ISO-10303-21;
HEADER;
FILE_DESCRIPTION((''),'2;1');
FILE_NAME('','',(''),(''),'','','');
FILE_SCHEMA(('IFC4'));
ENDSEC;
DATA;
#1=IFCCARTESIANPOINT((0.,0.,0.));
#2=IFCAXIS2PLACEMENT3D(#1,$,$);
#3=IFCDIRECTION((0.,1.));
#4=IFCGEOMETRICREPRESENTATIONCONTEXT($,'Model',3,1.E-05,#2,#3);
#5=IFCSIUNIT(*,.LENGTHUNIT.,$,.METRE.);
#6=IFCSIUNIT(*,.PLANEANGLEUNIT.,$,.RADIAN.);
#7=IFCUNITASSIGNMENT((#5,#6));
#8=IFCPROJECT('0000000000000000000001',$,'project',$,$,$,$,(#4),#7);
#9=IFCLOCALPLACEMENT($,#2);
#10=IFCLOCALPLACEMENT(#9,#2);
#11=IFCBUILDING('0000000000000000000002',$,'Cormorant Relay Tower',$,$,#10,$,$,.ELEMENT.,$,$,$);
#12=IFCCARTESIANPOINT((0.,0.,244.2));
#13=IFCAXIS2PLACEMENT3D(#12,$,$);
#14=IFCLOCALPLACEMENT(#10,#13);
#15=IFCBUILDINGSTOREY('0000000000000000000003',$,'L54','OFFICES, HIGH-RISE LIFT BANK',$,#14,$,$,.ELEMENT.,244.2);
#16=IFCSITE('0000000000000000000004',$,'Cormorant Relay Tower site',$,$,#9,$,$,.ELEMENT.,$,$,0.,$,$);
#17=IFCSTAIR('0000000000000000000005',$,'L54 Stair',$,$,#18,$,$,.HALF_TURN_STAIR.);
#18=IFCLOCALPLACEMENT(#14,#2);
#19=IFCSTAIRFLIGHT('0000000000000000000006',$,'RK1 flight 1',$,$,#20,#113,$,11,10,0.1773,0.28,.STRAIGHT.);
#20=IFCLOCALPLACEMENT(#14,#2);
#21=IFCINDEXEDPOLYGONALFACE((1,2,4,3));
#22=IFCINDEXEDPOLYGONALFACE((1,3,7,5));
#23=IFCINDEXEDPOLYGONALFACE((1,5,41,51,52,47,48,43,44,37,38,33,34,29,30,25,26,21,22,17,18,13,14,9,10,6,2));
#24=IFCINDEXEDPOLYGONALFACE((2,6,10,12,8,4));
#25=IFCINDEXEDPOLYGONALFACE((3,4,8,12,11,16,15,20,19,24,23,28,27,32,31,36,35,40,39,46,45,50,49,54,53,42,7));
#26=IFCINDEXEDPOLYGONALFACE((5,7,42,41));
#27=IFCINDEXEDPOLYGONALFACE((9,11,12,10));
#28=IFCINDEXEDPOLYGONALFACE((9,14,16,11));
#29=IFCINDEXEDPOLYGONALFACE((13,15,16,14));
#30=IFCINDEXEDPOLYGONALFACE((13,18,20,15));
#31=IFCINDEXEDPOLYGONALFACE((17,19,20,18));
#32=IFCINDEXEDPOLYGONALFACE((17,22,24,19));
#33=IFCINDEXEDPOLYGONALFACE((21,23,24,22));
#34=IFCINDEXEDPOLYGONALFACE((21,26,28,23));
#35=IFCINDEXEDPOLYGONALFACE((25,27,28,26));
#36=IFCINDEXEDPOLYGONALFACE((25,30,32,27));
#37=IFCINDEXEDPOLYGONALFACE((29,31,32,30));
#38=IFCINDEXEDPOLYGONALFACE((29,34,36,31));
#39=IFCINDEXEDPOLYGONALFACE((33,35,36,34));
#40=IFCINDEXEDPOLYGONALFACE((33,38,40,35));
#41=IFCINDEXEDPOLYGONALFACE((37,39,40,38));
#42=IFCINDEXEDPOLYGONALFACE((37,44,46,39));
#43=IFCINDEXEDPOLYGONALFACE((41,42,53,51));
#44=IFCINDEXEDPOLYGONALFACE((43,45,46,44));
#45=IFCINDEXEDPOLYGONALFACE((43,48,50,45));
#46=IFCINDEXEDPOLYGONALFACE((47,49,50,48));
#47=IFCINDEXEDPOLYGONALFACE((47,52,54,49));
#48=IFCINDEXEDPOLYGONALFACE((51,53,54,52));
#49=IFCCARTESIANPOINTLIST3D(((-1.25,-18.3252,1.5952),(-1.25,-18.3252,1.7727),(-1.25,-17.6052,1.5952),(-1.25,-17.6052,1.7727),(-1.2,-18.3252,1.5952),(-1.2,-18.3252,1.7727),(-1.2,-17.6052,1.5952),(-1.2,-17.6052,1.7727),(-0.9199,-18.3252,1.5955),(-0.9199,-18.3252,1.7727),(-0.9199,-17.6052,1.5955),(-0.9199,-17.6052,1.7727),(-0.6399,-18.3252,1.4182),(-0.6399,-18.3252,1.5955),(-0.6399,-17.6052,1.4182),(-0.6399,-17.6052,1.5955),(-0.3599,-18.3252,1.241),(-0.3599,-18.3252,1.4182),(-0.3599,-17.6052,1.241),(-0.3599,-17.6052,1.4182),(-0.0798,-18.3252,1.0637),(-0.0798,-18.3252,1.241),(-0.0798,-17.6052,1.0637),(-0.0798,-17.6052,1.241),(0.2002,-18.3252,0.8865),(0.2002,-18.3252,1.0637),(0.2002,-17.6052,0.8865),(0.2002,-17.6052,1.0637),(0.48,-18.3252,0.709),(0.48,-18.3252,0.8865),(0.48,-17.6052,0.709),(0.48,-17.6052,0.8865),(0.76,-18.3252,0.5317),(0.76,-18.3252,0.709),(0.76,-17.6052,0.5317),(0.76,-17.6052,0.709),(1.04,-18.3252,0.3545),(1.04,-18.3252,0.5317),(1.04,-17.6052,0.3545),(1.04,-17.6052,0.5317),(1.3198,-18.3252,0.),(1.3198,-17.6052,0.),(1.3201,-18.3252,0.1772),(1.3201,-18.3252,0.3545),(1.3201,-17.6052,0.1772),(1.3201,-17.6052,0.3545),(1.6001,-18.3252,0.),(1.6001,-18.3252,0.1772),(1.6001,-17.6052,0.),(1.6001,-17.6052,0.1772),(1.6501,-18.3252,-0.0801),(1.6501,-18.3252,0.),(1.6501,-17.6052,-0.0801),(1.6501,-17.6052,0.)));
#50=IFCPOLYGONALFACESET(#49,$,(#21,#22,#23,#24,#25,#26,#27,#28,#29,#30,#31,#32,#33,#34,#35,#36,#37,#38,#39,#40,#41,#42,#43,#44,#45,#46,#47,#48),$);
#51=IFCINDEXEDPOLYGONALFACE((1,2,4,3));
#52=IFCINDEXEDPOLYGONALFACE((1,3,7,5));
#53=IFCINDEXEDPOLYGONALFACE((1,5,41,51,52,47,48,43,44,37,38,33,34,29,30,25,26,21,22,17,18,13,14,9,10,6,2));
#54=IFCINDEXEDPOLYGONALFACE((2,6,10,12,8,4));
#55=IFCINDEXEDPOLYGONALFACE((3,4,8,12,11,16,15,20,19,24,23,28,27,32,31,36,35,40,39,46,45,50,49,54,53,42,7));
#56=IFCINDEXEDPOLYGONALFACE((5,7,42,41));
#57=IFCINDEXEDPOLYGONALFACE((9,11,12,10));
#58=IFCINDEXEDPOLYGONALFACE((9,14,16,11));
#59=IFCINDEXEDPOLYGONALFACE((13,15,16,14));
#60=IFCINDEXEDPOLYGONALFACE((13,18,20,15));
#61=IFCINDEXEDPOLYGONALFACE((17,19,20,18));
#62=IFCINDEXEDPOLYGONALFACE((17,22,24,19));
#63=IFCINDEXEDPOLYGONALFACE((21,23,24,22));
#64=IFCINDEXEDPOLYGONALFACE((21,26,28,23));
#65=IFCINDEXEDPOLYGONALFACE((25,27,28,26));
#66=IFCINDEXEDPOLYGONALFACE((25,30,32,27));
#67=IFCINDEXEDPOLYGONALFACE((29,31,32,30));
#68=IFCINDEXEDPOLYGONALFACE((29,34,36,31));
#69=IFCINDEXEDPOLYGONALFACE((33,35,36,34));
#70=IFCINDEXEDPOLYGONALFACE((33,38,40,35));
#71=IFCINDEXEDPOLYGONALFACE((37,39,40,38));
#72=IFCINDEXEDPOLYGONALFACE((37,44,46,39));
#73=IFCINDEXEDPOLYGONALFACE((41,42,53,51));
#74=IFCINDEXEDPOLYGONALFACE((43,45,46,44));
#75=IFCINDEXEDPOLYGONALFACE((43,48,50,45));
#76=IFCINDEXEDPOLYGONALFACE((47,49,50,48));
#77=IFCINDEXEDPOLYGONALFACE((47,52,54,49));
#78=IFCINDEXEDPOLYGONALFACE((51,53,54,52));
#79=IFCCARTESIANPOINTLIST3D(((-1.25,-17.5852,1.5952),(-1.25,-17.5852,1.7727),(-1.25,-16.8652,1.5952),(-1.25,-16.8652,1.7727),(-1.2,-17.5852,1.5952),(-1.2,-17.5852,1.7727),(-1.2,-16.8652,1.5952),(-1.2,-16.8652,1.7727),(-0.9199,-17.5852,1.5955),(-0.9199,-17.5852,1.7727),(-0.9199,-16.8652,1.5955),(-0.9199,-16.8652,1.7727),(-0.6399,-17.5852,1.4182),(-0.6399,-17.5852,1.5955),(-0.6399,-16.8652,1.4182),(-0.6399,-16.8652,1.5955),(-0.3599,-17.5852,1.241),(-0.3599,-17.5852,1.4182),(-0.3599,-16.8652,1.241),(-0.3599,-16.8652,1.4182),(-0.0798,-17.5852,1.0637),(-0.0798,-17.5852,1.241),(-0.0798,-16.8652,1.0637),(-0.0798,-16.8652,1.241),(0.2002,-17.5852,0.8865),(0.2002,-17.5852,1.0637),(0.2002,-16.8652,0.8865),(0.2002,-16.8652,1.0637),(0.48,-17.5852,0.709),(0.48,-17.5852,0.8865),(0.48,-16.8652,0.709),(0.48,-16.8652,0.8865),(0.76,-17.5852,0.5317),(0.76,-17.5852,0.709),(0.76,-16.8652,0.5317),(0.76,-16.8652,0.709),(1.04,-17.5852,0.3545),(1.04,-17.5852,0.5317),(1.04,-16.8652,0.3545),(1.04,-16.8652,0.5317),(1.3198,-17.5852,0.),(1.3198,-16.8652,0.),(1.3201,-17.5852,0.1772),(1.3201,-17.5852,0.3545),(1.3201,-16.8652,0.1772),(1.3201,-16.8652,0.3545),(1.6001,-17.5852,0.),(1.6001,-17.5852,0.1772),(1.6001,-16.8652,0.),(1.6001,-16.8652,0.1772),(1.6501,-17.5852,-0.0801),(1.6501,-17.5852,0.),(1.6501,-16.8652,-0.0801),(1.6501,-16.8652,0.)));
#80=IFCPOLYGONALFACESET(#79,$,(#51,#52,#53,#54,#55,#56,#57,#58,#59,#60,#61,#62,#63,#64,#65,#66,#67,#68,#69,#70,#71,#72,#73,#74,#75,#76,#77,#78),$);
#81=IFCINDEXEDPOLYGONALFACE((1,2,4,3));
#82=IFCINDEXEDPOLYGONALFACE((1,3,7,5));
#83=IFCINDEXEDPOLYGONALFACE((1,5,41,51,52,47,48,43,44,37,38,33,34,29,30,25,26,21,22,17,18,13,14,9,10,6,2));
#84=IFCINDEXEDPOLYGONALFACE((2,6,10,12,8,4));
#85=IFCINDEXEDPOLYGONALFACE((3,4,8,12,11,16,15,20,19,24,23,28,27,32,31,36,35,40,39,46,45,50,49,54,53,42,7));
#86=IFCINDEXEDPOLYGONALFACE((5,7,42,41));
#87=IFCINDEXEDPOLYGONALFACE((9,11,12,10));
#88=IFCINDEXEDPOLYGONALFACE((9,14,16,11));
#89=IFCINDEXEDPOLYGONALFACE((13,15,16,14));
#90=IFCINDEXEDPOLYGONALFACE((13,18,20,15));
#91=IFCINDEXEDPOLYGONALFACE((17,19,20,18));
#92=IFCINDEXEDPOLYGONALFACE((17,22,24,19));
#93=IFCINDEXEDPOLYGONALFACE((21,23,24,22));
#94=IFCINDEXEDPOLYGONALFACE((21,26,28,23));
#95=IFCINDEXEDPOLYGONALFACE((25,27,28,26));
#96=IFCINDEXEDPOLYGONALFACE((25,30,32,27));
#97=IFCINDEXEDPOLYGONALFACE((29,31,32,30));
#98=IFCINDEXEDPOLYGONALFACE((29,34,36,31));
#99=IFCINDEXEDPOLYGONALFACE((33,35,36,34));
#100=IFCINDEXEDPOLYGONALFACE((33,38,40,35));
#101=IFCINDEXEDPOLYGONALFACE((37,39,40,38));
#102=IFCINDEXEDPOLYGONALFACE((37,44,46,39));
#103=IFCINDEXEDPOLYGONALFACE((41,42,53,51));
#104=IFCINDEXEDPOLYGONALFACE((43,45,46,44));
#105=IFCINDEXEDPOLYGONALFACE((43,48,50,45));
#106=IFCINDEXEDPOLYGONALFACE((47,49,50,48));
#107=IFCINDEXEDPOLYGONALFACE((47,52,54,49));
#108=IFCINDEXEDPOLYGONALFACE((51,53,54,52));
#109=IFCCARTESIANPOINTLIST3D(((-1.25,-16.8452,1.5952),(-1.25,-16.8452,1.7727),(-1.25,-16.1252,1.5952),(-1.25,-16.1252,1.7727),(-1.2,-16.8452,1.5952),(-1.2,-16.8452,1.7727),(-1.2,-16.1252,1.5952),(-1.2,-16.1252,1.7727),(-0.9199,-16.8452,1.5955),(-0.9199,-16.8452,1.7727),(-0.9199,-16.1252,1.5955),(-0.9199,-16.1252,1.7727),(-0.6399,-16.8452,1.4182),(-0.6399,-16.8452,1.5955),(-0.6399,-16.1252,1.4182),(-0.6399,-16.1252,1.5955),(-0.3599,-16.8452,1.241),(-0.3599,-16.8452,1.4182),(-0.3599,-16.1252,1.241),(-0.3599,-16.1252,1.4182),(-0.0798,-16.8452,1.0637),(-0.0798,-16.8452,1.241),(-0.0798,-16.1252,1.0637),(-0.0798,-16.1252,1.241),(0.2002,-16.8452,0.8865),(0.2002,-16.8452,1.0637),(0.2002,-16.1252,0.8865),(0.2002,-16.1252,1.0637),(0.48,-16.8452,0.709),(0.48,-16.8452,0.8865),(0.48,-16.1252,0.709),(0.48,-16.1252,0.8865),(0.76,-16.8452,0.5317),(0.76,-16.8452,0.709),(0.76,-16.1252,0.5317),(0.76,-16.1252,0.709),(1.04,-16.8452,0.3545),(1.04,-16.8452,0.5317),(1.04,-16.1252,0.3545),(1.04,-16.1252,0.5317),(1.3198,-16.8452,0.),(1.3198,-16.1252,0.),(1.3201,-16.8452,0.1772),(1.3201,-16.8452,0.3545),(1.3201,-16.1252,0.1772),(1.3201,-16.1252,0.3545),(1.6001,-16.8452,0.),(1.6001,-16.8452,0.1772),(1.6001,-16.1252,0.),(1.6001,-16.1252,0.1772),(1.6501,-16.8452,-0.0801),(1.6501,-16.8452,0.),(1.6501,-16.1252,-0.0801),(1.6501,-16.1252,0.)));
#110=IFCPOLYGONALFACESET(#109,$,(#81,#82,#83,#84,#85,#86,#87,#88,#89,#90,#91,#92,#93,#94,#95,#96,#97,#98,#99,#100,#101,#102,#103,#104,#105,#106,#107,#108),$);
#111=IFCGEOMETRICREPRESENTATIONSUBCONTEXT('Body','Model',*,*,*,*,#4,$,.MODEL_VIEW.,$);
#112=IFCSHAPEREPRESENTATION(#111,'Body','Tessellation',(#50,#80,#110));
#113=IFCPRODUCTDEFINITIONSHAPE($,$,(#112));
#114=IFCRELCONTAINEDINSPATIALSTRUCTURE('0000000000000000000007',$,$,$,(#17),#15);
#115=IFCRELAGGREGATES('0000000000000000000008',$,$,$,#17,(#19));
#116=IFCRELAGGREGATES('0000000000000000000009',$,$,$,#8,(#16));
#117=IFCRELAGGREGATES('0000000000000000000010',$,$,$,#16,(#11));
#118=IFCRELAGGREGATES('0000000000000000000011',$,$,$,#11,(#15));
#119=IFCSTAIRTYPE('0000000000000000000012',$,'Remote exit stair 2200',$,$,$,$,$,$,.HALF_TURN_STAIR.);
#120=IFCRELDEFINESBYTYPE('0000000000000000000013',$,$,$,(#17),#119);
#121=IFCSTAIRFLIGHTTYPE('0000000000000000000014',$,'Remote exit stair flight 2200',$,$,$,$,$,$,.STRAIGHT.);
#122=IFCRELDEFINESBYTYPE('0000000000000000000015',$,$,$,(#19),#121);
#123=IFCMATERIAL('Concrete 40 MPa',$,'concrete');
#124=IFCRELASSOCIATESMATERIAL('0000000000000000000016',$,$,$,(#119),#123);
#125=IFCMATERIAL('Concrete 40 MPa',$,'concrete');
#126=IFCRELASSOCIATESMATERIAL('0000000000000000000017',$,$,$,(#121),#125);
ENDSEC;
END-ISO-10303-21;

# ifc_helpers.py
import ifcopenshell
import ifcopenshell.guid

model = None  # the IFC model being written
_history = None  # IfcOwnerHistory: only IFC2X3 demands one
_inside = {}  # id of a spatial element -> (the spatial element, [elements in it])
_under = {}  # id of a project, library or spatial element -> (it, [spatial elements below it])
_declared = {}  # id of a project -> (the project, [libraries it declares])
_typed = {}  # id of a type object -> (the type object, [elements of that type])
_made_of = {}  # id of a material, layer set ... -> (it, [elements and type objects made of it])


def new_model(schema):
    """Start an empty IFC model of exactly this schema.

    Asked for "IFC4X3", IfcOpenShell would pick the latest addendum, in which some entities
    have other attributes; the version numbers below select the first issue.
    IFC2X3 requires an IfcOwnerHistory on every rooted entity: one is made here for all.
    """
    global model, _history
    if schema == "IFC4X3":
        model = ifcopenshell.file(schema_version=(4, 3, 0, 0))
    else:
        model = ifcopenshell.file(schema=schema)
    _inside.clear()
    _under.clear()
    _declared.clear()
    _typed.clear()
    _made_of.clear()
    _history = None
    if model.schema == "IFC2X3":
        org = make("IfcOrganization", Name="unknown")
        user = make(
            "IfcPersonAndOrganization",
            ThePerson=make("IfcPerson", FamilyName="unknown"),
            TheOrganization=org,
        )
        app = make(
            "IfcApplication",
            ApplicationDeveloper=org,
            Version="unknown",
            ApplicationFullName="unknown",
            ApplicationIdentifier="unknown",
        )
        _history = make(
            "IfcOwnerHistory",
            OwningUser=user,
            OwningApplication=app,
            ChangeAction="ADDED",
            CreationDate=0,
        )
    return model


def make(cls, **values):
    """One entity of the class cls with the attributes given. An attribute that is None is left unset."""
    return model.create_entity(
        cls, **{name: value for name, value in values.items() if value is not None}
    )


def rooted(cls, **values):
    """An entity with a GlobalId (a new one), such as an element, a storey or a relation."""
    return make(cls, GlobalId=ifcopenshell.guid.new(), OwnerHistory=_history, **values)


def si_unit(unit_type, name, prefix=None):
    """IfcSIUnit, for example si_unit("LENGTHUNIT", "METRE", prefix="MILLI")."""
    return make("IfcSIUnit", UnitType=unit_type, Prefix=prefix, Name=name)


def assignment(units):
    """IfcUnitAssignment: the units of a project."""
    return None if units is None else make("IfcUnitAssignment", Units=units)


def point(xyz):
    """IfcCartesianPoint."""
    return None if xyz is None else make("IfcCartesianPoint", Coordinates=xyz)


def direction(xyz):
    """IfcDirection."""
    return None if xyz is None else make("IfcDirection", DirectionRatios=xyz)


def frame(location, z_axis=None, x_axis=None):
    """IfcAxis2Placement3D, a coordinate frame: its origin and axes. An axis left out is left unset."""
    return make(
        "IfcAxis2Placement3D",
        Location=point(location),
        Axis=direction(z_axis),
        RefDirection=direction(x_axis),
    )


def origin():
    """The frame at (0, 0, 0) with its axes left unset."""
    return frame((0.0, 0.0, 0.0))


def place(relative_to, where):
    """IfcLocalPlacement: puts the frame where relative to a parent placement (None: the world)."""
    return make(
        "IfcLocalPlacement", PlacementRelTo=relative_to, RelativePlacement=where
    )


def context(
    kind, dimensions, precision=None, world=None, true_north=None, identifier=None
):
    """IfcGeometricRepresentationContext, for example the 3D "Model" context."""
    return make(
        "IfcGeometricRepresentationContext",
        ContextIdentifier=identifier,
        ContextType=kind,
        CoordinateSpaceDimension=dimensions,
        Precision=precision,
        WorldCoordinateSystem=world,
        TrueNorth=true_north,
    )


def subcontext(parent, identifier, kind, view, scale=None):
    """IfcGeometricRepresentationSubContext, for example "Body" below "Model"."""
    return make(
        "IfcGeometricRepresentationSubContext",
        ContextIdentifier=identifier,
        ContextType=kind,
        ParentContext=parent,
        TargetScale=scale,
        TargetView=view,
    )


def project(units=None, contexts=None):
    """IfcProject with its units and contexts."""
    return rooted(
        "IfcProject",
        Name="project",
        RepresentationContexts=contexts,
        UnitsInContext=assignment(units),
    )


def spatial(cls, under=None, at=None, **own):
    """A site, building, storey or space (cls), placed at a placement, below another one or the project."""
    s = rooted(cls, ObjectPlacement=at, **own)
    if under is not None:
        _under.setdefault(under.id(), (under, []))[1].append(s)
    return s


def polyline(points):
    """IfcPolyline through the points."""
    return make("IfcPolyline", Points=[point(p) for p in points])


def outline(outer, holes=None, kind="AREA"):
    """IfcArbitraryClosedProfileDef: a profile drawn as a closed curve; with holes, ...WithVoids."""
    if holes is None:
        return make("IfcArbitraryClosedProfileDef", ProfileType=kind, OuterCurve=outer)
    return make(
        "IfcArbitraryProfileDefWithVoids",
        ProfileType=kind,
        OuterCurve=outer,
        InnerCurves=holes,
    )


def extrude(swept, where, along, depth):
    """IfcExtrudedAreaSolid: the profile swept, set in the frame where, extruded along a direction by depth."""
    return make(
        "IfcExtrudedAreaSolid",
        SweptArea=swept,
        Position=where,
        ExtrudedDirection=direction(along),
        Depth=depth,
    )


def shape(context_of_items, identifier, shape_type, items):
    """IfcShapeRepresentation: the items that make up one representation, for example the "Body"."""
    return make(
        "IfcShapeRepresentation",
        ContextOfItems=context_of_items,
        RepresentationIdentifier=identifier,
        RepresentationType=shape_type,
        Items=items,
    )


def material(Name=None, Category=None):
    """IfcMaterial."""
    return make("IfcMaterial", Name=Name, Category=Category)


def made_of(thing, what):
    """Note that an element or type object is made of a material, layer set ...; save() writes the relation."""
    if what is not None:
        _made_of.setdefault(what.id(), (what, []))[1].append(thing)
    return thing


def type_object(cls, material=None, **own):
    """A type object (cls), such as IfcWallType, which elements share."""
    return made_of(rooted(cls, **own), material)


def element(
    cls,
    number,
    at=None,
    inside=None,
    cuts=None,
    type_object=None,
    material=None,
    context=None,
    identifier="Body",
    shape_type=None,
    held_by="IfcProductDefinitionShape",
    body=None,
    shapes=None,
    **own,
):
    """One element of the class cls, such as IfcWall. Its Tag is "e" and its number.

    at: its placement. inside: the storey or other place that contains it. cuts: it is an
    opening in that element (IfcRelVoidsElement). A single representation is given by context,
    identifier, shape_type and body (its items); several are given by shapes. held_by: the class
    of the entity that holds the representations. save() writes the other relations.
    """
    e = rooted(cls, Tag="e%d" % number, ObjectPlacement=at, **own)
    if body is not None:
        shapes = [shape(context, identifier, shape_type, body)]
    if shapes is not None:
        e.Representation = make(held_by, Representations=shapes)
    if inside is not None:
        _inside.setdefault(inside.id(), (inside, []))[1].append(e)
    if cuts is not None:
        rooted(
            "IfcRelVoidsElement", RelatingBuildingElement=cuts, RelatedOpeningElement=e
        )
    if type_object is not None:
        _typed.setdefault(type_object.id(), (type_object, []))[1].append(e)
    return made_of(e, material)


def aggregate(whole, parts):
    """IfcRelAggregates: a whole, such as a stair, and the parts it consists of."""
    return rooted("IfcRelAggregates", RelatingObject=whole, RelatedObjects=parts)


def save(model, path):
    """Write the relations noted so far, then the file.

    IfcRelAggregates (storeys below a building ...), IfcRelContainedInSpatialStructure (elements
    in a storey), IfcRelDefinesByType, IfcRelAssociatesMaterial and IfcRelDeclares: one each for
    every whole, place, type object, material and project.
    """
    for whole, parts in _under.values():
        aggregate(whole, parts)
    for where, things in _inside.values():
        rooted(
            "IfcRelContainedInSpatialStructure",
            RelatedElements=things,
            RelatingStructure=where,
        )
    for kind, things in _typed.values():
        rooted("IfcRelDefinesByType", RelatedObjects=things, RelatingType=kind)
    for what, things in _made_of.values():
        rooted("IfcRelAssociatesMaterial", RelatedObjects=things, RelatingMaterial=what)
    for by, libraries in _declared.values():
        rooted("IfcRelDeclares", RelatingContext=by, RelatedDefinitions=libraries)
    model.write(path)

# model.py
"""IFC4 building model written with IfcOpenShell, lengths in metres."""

from ifc_helpers import new_model, si_unit, direction, frame, origin, place, context, subcontext, project, spatial, polyline, outline, extrude, material, type_object, element, aggregate, save


model = new_model("IFC4")

# Units and contexts
model_context = context("Model", 3, precision=1e-05, world=origin(), true_north=direction((0.0, 1.0)))
body_context = subcontext(model_context, "Body", "Model", "MODEL_VIEW")
ifc_project = project(units=[si_unit("LENGTHUNIT", "METRE"), si_unit("PLANEANGLEUNIT", "RADIAN")], contexts=[model_context])

# Site, building, storey
site_placement = place(None, origin())
site = spatial("IfcSite", under=ifc_project, at=site_placement, Name="Cormorant Relay Tower site", CompositionType="ELEMENT", RefElevation=0.0)
building_placement = place(site_placement, origin())
building = spatial("IfcBuilding", under=site, at=building_placement, Name="Cormorant Relay Tower", CompositionType="ELEMENT")
storey_placement = place(building_placement, frame((0.0, 0.0, 244.2)))
storey = spatial("IfcBuildingStorey", under=building, at=storey_placement, Name="L54", Description="OFFICES, HIGH-RISE LIFT BANK", CompositionType="ELEMENT", Elevation=244.2)

# Stair, stair flight
ifc_material_1 = material(Name="Concrete 40 MPa", Category="concrete")
stair_type = type_object("IfcStairType", Name="Remote exit stair 2200", PredefinedType="HALF_TURN_STAIR", material=ifc_material_1)
stair_placement = place(storey_placement, origin())
stair = element("IfcStair", 1, at=stair_placement, inside=storey, type_object=stair_type, Name="L54 Stair", PredefinedType="HALF_TURN_STAIR")
ifc_material_2 = material(Name="Concrete 40 MPa", Category="concrete")
stair_flight_type = type_object("IfcStairFlightType", Name="Remote exit stair flight 2200", PredefinedType="STRAIGHT", material=ifc_material_2)
stair_flight_1_placement = place(storey_placement, frame((1.6001, -17.2251, 0.0), z_axis=(0.0, 0.0, 1.0), x_axis=(-1.0, 0.0, 0.0)))
stair_flight_1 = element("IfcStairFlight", 2, at=stair_flight_1_placement, type_object=stair_flight_type, Name="RK1 flight 1", NumberOfRisers=11, NumberOfTreads=10, PredefinedType="STRAIGHT", RiserHeight=0.1773, TreadLength=0.28, context=body_context, shape_type="SweptSolid", body=[
    extrude(outline(polyline([(-0.05, -0.0801), (-0.05, 0.0), (0.0, 0.0), (0.0, 0.1772), (0.28, 0.1772), (0.28, 0.3545), (0.5601, 0.3545), (0.5601, 0.5317), (0.8401, 0.5317), (0.8401, 0.709), (1.1201, 0.709), (1.1201, 0.8865), (1.3999, 0.8865), (1.3999, 1.0637), (1.6799, 1.0637), (1.6799, 1.241), (1.96, 1.241), (1.96, 1.4182), (2.24, 1.4182), (2.24, 1.5955), (2.52, 1.5955), (2.52, 1.7727), (2.8, 1.7727), (2.8501, 1.7727), (2.8501, 1.5952), (2.8, 1.5952), (0.2803, 0.0), (-0.05, -0.0801)])), frame((0.0, 1.1001, 0.0), z_axis=(0.0, -1.0, 0.0), x_axis=(1.0, 0.0, 0.0)), (0.0, 0.0, 1.0), 0.72),
    extrude(outline(polyline([(-0.05, -0.0801), (-0.05, 0.0), (0.0, 0.0), (0.0, 0.1772), (0.28, 0.1772), (0.28, 0.3545), (0.5601, 0.3545), (0.5601, 0.5317), (0.8401, 0.5317), (0.8401, 0.709), (1.1201, 0.709), (1.1201, 0.8865), (1.3999, 0.8865), (1.3999, 1.0637), (1.6799, 1.0637), (1.6799, 1.241), (1.96, 1.241), (1.96, 1.4182), (2.24, 1.4182), (2.24, 1.5955), (2.52, 1.5955), (2.52, 1.7727), (2.8, 1.7727), (2.8501, 1.7727), (2.8501, 1.5952), (2.8, 1.5952), (0.2803, 0.0), (-0.05, -0.0801)])), frame((0.0, 0.3601, 0.0), z_axis=(0.0, -1.0, 0.0), x_axis=(1.0, 0.0, 0.0)), (0.0, 0.0, 1.0), 0.72),
    extrude(outline(polyline([(-0.05, -0.0801), (-0.05, 0.0), (0.0, 0.0), (0.0, 0.1772), (0.28, 0.1772), (0.28, 0.3545), (0.5601, 0.3545), (0.5601, 0.5317), (0.8401, 0.5317), (0.8401, 0.709), (1.1201, 0.709), (1.1201, 0.8865), (1.3999, 0.8865), (1.3999, 1.0637), (1.6799, 1.0637), (1.6799, 1.241), (1.96, 1.241), (1.96, 1.4182), (2.24, 1.4182), (2.24, 1.5955), (2.52, 1.5955), (2.52, 1.7727), (2.8, 1.7727), (2.8501, 1.7727), (2.8501, 1.5952), (2.8, 1.5952), (0.2803, 0.0), (-0.05, -0.0801)])), frame((0.0, -0.3799, 0.0), z_axis=(0.0, -1.0, 0.0), x_axis=(1.0, 0.0, 0.0)), (0.0, 0.0, 1.0), 0.72),
])
aggregate(stair, [stair_flight_1])

save(model, "model.ifc")
